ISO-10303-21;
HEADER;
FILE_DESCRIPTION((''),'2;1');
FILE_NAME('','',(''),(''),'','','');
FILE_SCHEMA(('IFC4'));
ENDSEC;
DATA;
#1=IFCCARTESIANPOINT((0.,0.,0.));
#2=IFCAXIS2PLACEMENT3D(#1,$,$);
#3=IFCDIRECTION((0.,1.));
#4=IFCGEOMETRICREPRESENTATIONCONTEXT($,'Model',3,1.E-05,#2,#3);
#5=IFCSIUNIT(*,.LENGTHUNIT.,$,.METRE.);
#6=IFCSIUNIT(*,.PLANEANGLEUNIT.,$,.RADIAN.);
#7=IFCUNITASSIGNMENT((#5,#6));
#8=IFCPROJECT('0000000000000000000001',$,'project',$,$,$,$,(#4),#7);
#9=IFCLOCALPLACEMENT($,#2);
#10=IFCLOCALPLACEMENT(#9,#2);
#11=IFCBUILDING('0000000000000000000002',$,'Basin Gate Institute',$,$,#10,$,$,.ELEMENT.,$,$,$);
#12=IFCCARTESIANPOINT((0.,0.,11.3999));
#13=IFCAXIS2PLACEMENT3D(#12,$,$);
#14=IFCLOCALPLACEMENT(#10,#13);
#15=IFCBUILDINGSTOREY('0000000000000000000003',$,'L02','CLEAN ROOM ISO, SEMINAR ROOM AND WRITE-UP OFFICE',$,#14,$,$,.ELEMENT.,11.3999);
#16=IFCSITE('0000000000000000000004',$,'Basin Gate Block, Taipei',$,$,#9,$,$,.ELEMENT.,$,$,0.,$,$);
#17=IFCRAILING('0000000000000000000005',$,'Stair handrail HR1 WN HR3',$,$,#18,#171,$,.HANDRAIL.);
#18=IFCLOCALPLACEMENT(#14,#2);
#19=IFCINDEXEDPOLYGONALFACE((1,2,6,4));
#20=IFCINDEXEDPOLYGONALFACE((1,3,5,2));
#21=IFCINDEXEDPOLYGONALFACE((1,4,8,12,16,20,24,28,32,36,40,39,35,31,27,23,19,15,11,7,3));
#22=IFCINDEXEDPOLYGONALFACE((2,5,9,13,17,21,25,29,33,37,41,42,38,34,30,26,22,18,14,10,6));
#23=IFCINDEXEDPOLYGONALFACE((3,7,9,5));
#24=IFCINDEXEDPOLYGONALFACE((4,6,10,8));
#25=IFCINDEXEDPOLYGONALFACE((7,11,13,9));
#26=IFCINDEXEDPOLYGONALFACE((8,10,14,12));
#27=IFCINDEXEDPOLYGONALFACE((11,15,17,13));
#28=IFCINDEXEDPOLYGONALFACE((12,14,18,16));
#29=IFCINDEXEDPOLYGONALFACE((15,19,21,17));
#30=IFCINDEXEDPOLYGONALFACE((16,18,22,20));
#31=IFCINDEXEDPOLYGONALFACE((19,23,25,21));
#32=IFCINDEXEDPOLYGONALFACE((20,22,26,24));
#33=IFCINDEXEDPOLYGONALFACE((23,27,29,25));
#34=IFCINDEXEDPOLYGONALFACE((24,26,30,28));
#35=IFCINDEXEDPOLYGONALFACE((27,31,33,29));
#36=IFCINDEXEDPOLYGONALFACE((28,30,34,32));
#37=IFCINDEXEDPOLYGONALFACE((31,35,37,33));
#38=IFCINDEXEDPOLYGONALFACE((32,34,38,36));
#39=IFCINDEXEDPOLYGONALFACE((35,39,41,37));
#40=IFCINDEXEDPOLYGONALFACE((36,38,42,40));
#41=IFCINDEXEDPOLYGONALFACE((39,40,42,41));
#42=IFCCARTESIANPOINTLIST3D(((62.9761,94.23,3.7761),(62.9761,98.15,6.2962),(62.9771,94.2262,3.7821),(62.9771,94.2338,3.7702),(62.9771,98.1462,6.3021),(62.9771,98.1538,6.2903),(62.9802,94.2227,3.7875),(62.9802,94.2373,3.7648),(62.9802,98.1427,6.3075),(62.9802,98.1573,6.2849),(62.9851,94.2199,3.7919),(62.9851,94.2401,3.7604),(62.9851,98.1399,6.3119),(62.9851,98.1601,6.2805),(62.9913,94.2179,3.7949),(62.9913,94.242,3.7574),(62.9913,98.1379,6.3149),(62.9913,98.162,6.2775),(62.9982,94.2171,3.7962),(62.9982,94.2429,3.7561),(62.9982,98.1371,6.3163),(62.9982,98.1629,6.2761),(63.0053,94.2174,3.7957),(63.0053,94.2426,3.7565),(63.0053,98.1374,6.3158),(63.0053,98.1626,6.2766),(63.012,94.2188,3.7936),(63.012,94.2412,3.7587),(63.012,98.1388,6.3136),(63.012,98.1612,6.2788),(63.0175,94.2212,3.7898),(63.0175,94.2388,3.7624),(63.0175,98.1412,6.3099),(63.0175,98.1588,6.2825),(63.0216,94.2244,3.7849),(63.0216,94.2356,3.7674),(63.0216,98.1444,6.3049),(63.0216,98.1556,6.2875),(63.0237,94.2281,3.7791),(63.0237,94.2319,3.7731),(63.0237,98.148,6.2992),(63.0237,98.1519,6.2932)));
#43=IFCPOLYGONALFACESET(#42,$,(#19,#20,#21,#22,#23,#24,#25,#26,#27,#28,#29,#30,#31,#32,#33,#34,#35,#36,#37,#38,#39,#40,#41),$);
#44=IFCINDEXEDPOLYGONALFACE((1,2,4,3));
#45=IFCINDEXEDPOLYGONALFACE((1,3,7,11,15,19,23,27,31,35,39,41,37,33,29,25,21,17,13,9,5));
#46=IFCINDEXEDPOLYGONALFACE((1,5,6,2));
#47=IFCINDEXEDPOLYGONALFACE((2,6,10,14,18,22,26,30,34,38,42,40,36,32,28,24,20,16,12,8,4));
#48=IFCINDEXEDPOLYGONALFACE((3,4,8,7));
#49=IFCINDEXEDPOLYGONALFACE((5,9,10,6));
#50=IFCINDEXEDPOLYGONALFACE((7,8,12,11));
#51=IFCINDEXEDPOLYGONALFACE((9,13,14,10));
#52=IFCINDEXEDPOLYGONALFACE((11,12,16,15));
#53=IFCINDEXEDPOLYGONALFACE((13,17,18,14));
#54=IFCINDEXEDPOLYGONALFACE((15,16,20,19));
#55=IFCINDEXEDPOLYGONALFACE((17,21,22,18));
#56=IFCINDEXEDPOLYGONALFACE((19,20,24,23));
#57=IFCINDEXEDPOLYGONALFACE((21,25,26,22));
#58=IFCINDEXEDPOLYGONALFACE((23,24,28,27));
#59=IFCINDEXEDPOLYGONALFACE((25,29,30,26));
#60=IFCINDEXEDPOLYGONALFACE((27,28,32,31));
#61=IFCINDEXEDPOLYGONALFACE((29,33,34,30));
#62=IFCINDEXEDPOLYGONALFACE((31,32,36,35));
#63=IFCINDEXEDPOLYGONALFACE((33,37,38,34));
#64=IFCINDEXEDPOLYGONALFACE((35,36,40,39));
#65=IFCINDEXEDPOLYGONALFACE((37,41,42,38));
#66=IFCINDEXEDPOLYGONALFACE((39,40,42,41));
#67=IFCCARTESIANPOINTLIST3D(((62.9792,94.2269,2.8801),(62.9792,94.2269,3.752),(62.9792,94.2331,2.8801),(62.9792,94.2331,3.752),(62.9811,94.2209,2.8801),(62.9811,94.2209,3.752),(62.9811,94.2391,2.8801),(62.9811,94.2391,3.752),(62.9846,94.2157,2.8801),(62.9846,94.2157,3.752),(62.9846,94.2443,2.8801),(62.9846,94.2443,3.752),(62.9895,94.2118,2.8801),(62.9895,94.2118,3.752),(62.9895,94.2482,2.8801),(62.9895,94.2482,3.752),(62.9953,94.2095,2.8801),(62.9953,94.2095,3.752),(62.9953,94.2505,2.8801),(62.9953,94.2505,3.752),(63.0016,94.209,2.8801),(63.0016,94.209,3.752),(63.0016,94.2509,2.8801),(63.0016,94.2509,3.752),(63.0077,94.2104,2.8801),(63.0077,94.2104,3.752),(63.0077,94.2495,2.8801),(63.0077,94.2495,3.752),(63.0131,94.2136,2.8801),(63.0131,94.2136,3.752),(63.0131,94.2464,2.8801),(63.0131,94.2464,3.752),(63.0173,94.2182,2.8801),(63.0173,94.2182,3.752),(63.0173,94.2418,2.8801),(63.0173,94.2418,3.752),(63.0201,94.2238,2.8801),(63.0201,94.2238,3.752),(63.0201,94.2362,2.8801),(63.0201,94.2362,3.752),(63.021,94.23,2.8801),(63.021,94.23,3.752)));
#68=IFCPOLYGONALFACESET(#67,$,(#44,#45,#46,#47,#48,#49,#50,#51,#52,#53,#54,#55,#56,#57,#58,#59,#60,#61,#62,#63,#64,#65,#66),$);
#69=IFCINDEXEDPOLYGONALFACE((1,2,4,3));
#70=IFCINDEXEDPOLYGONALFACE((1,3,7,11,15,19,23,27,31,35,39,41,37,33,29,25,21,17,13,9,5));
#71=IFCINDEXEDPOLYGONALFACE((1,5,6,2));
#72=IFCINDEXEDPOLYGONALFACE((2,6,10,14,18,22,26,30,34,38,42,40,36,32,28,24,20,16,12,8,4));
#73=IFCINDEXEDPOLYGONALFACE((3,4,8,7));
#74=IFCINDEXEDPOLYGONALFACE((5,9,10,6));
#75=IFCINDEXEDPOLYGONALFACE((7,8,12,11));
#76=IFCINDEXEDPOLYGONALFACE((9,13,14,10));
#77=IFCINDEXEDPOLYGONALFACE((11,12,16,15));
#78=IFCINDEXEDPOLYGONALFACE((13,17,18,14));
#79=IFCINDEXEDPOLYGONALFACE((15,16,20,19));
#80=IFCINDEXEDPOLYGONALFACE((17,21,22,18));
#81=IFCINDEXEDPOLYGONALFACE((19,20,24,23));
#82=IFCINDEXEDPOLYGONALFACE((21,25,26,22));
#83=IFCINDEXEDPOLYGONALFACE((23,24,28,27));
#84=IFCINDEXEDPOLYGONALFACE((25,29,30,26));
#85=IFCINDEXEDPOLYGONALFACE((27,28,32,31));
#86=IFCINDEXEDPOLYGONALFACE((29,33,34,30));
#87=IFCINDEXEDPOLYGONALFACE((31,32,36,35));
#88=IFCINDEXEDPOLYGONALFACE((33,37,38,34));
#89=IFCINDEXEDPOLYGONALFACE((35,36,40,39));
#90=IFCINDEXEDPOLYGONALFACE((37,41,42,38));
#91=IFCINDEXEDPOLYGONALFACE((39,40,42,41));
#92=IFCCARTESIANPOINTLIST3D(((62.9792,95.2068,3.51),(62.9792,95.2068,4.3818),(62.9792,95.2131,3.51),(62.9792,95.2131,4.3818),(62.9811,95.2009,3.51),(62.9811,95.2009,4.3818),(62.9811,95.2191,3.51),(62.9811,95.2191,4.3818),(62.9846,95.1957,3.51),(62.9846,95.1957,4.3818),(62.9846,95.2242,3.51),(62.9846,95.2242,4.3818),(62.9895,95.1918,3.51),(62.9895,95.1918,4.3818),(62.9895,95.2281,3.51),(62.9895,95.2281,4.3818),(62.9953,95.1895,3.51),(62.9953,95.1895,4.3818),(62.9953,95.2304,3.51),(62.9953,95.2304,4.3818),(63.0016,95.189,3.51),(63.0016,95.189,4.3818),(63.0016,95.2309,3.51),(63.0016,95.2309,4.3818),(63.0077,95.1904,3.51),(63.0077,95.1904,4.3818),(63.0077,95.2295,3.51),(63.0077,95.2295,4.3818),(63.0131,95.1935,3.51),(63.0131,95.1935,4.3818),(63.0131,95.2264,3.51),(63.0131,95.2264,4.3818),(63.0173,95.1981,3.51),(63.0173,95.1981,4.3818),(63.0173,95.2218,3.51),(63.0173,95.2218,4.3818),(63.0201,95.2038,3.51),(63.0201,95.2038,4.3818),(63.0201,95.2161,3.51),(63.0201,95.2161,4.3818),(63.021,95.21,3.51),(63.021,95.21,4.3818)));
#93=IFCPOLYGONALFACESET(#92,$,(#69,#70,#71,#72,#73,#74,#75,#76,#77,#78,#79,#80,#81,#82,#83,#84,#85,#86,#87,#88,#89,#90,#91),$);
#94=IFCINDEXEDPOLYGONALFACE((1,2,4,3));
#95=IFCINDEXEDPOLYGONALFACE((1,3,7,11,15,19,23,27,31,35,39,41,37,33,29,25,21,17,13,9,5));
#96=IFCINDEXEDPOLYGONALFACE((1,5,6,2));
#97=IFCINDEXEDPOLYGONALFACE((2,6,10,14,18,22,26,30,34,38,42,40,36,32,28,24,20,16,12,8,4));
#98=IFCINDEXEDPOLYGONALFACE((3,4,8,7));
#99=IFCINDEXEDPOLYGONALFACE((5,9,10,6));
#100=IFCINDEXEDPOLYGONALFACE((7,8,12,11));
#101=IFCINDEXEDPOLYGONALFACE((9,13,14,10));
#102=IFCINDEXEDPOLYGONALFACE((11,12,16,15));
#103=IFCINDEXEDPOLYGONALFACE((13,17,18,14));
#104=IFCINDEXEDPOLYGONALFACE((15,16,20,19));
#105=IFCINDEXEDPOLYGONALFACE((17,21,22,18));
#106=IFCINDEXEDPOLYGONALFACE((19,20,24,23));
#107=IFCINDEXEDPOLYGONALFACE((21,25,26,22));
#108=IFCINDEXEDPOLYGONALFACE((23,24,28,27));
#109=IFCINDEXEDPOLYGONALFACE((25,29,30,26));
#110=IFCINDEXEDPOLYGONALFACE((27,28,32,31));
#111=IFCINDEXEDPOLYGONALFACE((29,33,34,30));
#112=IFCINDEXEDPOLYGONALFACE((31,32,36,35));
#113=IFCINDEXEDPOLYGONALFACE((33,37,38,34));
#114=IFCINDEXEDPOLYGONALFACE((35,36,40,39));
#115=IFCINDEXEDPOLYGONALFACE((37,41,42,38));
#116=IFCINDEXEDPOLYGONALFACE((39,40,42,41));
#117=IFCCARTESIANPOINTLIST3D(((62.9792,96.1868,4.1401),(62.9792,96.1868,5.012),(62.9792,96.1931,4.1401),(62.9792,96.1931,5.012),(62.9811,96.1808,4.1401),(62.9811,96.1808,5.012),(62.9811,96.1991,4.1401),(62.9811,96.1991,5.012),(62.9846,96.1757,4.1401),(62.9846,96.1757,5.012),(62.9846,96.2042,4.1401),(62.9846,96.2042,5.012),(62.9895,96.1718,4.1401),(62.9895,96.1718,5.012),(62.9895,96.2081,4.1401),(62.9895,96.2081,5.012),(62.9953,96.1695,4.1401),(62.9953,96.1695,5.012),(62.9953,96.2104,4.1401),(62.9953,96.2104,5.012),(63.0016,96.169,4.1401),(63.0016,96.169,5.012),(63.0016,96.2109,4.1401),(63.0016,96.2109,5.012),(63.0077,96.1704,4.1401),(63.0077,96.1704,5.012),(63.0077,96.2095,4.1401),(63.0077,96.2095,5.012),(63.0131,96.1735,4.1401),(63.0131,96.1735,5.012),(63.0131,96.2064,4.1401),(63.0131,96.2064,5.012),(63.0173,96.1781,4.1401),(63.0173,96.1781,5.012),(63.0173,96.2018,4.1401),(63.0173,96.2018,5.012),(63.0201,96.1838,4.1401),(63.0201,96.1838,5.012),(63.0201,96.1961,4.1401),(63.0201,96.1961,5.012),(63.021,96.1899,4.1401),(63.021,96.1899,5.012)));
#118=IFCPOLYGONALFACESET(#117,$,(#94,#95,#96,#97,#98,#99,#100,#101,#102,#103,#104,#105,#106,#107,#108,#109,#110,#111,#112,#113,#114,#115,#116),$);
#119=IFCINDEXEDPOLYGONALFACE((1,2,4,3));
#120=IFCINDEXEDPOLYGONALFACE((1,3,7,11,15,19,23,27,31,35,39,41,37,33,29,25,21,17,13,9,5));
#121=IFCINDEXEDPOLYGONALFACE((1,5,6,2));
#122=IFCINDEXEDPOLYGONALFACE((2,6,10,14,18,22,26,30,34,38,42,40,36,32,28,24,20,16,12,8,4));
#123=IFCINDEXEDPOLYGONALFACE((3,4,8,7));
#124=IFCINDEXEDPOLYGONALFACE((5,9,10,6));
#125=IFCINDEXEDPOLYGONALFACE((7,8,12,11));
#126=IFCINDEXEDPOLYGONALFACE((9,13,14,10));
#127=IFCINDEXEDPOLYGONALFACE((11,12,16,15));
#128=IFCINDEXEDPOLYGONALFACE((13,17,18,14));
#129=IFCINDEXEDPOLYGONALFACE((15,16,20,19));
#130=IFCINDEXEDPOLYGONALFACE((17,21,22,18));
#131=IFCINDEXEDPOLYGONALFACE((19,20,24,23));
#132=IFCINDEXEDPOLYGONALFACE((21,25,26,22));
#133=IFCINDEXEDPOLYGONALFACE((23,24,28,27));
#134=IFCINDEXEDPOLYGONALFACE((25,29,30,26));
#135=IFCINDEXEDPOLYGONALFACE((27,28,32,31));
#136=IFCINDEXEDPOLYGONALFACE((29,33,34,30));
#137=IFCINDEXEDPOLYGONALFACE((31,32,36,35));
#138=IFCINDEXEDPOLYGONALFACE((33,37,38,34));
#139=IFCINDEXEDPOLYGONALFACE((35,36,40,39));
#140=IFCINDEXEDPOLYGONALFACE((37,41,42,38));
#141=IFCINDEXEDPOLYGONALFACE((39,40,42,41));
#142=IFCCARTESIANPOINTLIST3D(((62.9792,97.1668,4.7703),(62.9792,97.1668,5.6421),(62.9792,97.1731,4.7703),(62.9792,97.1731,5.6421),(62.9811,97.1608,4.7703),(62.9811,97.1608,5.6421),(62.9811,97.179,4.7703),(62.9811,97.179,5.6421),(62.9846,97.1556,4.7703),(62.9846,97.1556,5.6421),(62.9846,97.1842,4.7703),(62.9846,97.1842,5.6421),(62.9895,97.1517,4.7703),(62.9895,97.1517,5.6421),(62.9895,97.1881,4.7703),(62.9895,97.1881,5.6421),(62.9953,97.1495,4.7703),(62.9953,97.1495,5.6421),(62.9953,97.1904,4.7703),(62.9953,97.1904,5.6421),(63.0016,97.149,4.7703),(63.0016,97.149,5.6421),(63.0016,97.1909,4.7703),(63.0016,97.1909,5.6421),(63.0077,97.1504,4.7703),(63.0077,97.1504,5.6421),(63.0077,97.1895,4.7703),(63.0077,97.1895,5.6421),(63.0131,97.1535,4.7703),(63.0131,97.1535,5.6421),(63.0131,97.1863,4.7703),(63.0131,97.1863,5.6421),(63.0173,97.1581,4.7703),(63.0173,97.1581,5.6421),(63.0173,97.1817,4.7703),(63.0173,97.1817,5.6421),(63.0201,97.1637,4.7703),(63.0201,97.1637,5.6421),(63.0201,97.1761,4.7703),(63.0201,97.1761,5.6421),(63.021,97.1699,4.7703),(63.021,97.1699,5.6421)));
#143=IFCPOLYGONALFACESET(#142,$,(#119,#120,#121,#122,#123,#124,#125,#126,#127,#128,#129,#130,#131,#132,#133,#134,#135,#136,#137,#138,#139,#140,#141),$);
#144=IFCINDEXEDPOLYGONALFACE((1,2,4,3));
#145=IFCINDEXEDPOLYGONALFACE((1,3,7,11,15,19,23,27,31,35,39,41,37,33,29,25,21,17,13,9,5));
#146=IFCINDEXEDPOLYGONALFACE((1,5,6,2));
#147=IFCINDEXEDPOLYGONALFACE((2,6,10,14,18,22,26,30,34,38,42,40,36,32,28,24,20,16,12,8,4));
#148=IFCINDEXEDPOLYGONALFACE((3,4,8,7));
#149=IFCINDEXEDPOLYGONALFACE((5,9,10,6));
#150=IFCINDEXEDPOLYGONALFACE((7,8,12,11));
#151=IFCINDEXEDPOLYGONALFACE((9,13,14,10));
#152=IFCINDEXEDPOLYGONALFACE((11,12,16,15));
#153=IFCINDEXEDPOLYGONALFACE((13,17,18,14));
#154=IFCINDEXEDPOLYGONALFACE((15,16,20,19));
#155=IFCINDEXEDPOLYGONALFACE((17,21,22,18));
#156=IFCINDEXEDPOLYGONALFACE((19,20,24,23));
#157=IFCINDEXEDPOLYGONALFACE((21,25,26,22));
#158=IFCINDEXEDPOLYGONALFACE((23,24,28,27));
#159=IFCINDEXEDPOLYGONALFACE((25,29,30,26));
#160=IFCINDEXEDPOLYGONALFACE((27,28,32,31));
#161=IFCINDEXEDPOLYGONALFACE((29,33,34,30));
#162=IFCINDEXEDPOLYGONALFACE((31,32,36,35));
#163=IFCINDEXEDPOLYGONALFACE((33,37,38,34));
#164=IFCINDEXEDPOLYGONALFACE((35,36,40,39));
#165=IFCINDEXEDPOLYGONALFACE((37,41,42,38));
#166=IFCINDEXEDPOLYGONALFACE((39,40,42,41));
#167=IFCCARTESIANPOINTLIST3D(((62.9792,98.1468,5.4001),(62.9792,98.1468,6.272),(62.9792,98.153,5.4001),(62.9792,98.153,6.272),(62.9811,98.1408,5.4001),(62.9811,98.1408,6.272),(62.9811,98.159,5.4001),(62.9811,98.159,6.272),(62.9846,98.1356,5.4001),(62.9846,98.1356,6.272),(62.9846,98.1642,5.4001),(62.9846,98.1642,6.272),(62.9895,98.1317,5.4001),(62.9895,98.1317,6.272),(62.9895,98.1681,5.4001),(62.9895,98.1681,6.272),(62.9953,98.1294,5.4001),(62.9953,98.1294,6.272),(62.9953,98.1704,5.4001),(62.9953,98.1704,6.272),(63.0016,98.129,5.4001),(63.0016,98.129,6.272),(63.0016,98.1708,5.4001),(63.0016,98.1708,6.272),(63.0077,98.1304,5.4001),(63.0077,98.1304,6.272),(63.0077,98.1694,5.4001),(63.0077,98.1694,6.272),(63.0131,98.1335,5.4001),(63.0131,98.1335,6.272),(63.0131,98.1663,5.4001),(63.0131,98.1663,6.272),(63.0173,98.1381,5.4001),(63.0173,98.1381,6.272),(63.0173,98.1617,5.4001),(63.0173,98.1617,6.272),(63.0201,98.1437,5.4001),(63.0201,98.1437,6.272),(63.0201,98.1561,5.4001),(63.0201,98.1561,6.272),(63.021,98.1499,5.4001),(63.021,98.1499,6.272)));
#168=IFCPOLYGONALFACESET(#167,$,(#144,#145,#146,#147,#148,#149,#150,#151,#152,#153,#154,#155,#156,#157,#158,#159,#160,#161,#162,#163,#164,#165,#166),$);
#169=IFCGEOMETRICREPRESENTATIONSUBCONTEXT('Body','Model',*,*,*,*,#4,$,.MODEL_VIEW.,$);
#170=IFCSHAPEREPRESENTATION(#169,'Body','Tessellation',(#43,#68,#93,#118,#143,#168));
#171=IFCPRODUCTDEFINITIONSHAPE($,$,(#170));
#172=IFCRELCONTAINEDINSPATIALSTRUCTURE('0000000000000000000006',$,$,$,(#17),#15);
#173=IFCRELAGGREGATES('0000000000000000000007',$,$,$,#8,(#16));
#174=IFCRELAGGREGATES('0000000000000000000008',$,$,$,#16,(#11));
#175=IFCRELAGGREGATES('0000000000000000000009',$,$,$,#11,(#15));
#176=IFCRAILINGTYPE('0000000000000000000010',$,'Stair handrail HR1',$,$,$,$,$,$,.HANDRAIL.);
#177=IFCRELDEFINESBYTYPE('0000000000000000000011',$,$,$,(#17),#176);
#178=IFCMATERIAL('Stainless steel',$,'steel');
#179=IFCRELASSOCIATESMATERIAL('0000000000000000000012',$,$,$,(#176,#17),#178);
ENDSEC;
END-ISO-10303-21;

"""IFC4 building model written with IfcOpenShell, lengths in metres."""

from ifc_helpers import new_model, si_unit, direction, frame, origin, origin_2d, place, context, subcontext, project, spatial, circle, extrude, material, type_object, element, save


model = new_model("IFC4")

# Units and contexts
model_context = context("Model", 3, precision=1e-05, world=origin(), true_north=direction((0.0, 1.0)))
body_context = subcontext(model_context, "Body", "Model", "MODEL_VIEW")
ifc_project = project(units=[si_unit("LENGTHUNIT", "METRE"), si_unit("PLANEANGLEUNIT", "RADIAN")], contexts=[model_context])

# Site, building, storey
site_placement = place(None, origin())
site = spatial("IfcSite", under=ifc_project, at=site_placement, Name="Basin Gate Block, Taipei", CompositionType="ELEMENT", RefElevation=0.0)
building_placement = place(site_placement, origin())
building = spatial("IfcBuilding", under=site, at=building_placement, Name="Basin Gate Institute", CompositionType="ELEMENT")
storey_placement = place(building_placement, frame((0.0, 0.0, 11.3999)))
storey = spatial("IfcBuildingStorey", under=building, at=storey_placement, Name="L02", Description="CLEAN ROOM ISO, SEMINAR ROOM AND WRITE-UP OFFICE", CompositionType="ELEMENT", Elevation=11.3999)

# Railing
ifc_material_1 = material(Name="Stainless steel", Category="steel")
railing_type_1 = type_object("IfcRailingType", Name="Stair handrail HR1", PredefinedType="HANDRAIL", material=ifc_material_1)
railing_1_placement = place(storey_placement, frame((63.0, 94.23, 2.8801)))
element("IfcRailing", 1, at=railing_1_placement, inside=storey, type_object=railing_type_1, material=ifc_material_1, Name="Stair handrail HR1 WN HR3", PredefinedType="HANDRAIL", context=body_context, shape_type="SweptSolid", body=[
    extrude(circle(Radius=0.0239, at=origin_2d()), frame((0.0, 0.0, 0.896), z_axis=(0.0, 0.841172, 0.540768), x_axis=(-1.0, 0.0, 0.0)), (0.0, 0.0, 1.0), 4.6602),
    extrude(circle(Radius=0.021, at=origin_2d()), origin(), (0.0, 0.0, 1.0), 0.8718),
    extrude(circle(Radius=0.021, at=origin_2d()), frame((0.0, 0.98, 0.6299)), (0.0, 0.0, 1.0), 0.8718),
    extrude(circle(Radius=0.021, at=origin_2d()), frame((0.0, 1.96, 1.26)), (0.0, 0.0, 1.0), 0.8718),
    extrude(circle(Radius=0.021, at=origin_2d()), frame((0.0, 2.9399, 1.8901)), (0.0, 0.0, 1.0), 0.8718),
    extrude(circle(Radius=0.021, at=origin_2d()), frame((0.0, 3.9199, 2.52)), (0.0, 0.0, 1.0), 0.8718),
])

save(model, "model.ifc")
